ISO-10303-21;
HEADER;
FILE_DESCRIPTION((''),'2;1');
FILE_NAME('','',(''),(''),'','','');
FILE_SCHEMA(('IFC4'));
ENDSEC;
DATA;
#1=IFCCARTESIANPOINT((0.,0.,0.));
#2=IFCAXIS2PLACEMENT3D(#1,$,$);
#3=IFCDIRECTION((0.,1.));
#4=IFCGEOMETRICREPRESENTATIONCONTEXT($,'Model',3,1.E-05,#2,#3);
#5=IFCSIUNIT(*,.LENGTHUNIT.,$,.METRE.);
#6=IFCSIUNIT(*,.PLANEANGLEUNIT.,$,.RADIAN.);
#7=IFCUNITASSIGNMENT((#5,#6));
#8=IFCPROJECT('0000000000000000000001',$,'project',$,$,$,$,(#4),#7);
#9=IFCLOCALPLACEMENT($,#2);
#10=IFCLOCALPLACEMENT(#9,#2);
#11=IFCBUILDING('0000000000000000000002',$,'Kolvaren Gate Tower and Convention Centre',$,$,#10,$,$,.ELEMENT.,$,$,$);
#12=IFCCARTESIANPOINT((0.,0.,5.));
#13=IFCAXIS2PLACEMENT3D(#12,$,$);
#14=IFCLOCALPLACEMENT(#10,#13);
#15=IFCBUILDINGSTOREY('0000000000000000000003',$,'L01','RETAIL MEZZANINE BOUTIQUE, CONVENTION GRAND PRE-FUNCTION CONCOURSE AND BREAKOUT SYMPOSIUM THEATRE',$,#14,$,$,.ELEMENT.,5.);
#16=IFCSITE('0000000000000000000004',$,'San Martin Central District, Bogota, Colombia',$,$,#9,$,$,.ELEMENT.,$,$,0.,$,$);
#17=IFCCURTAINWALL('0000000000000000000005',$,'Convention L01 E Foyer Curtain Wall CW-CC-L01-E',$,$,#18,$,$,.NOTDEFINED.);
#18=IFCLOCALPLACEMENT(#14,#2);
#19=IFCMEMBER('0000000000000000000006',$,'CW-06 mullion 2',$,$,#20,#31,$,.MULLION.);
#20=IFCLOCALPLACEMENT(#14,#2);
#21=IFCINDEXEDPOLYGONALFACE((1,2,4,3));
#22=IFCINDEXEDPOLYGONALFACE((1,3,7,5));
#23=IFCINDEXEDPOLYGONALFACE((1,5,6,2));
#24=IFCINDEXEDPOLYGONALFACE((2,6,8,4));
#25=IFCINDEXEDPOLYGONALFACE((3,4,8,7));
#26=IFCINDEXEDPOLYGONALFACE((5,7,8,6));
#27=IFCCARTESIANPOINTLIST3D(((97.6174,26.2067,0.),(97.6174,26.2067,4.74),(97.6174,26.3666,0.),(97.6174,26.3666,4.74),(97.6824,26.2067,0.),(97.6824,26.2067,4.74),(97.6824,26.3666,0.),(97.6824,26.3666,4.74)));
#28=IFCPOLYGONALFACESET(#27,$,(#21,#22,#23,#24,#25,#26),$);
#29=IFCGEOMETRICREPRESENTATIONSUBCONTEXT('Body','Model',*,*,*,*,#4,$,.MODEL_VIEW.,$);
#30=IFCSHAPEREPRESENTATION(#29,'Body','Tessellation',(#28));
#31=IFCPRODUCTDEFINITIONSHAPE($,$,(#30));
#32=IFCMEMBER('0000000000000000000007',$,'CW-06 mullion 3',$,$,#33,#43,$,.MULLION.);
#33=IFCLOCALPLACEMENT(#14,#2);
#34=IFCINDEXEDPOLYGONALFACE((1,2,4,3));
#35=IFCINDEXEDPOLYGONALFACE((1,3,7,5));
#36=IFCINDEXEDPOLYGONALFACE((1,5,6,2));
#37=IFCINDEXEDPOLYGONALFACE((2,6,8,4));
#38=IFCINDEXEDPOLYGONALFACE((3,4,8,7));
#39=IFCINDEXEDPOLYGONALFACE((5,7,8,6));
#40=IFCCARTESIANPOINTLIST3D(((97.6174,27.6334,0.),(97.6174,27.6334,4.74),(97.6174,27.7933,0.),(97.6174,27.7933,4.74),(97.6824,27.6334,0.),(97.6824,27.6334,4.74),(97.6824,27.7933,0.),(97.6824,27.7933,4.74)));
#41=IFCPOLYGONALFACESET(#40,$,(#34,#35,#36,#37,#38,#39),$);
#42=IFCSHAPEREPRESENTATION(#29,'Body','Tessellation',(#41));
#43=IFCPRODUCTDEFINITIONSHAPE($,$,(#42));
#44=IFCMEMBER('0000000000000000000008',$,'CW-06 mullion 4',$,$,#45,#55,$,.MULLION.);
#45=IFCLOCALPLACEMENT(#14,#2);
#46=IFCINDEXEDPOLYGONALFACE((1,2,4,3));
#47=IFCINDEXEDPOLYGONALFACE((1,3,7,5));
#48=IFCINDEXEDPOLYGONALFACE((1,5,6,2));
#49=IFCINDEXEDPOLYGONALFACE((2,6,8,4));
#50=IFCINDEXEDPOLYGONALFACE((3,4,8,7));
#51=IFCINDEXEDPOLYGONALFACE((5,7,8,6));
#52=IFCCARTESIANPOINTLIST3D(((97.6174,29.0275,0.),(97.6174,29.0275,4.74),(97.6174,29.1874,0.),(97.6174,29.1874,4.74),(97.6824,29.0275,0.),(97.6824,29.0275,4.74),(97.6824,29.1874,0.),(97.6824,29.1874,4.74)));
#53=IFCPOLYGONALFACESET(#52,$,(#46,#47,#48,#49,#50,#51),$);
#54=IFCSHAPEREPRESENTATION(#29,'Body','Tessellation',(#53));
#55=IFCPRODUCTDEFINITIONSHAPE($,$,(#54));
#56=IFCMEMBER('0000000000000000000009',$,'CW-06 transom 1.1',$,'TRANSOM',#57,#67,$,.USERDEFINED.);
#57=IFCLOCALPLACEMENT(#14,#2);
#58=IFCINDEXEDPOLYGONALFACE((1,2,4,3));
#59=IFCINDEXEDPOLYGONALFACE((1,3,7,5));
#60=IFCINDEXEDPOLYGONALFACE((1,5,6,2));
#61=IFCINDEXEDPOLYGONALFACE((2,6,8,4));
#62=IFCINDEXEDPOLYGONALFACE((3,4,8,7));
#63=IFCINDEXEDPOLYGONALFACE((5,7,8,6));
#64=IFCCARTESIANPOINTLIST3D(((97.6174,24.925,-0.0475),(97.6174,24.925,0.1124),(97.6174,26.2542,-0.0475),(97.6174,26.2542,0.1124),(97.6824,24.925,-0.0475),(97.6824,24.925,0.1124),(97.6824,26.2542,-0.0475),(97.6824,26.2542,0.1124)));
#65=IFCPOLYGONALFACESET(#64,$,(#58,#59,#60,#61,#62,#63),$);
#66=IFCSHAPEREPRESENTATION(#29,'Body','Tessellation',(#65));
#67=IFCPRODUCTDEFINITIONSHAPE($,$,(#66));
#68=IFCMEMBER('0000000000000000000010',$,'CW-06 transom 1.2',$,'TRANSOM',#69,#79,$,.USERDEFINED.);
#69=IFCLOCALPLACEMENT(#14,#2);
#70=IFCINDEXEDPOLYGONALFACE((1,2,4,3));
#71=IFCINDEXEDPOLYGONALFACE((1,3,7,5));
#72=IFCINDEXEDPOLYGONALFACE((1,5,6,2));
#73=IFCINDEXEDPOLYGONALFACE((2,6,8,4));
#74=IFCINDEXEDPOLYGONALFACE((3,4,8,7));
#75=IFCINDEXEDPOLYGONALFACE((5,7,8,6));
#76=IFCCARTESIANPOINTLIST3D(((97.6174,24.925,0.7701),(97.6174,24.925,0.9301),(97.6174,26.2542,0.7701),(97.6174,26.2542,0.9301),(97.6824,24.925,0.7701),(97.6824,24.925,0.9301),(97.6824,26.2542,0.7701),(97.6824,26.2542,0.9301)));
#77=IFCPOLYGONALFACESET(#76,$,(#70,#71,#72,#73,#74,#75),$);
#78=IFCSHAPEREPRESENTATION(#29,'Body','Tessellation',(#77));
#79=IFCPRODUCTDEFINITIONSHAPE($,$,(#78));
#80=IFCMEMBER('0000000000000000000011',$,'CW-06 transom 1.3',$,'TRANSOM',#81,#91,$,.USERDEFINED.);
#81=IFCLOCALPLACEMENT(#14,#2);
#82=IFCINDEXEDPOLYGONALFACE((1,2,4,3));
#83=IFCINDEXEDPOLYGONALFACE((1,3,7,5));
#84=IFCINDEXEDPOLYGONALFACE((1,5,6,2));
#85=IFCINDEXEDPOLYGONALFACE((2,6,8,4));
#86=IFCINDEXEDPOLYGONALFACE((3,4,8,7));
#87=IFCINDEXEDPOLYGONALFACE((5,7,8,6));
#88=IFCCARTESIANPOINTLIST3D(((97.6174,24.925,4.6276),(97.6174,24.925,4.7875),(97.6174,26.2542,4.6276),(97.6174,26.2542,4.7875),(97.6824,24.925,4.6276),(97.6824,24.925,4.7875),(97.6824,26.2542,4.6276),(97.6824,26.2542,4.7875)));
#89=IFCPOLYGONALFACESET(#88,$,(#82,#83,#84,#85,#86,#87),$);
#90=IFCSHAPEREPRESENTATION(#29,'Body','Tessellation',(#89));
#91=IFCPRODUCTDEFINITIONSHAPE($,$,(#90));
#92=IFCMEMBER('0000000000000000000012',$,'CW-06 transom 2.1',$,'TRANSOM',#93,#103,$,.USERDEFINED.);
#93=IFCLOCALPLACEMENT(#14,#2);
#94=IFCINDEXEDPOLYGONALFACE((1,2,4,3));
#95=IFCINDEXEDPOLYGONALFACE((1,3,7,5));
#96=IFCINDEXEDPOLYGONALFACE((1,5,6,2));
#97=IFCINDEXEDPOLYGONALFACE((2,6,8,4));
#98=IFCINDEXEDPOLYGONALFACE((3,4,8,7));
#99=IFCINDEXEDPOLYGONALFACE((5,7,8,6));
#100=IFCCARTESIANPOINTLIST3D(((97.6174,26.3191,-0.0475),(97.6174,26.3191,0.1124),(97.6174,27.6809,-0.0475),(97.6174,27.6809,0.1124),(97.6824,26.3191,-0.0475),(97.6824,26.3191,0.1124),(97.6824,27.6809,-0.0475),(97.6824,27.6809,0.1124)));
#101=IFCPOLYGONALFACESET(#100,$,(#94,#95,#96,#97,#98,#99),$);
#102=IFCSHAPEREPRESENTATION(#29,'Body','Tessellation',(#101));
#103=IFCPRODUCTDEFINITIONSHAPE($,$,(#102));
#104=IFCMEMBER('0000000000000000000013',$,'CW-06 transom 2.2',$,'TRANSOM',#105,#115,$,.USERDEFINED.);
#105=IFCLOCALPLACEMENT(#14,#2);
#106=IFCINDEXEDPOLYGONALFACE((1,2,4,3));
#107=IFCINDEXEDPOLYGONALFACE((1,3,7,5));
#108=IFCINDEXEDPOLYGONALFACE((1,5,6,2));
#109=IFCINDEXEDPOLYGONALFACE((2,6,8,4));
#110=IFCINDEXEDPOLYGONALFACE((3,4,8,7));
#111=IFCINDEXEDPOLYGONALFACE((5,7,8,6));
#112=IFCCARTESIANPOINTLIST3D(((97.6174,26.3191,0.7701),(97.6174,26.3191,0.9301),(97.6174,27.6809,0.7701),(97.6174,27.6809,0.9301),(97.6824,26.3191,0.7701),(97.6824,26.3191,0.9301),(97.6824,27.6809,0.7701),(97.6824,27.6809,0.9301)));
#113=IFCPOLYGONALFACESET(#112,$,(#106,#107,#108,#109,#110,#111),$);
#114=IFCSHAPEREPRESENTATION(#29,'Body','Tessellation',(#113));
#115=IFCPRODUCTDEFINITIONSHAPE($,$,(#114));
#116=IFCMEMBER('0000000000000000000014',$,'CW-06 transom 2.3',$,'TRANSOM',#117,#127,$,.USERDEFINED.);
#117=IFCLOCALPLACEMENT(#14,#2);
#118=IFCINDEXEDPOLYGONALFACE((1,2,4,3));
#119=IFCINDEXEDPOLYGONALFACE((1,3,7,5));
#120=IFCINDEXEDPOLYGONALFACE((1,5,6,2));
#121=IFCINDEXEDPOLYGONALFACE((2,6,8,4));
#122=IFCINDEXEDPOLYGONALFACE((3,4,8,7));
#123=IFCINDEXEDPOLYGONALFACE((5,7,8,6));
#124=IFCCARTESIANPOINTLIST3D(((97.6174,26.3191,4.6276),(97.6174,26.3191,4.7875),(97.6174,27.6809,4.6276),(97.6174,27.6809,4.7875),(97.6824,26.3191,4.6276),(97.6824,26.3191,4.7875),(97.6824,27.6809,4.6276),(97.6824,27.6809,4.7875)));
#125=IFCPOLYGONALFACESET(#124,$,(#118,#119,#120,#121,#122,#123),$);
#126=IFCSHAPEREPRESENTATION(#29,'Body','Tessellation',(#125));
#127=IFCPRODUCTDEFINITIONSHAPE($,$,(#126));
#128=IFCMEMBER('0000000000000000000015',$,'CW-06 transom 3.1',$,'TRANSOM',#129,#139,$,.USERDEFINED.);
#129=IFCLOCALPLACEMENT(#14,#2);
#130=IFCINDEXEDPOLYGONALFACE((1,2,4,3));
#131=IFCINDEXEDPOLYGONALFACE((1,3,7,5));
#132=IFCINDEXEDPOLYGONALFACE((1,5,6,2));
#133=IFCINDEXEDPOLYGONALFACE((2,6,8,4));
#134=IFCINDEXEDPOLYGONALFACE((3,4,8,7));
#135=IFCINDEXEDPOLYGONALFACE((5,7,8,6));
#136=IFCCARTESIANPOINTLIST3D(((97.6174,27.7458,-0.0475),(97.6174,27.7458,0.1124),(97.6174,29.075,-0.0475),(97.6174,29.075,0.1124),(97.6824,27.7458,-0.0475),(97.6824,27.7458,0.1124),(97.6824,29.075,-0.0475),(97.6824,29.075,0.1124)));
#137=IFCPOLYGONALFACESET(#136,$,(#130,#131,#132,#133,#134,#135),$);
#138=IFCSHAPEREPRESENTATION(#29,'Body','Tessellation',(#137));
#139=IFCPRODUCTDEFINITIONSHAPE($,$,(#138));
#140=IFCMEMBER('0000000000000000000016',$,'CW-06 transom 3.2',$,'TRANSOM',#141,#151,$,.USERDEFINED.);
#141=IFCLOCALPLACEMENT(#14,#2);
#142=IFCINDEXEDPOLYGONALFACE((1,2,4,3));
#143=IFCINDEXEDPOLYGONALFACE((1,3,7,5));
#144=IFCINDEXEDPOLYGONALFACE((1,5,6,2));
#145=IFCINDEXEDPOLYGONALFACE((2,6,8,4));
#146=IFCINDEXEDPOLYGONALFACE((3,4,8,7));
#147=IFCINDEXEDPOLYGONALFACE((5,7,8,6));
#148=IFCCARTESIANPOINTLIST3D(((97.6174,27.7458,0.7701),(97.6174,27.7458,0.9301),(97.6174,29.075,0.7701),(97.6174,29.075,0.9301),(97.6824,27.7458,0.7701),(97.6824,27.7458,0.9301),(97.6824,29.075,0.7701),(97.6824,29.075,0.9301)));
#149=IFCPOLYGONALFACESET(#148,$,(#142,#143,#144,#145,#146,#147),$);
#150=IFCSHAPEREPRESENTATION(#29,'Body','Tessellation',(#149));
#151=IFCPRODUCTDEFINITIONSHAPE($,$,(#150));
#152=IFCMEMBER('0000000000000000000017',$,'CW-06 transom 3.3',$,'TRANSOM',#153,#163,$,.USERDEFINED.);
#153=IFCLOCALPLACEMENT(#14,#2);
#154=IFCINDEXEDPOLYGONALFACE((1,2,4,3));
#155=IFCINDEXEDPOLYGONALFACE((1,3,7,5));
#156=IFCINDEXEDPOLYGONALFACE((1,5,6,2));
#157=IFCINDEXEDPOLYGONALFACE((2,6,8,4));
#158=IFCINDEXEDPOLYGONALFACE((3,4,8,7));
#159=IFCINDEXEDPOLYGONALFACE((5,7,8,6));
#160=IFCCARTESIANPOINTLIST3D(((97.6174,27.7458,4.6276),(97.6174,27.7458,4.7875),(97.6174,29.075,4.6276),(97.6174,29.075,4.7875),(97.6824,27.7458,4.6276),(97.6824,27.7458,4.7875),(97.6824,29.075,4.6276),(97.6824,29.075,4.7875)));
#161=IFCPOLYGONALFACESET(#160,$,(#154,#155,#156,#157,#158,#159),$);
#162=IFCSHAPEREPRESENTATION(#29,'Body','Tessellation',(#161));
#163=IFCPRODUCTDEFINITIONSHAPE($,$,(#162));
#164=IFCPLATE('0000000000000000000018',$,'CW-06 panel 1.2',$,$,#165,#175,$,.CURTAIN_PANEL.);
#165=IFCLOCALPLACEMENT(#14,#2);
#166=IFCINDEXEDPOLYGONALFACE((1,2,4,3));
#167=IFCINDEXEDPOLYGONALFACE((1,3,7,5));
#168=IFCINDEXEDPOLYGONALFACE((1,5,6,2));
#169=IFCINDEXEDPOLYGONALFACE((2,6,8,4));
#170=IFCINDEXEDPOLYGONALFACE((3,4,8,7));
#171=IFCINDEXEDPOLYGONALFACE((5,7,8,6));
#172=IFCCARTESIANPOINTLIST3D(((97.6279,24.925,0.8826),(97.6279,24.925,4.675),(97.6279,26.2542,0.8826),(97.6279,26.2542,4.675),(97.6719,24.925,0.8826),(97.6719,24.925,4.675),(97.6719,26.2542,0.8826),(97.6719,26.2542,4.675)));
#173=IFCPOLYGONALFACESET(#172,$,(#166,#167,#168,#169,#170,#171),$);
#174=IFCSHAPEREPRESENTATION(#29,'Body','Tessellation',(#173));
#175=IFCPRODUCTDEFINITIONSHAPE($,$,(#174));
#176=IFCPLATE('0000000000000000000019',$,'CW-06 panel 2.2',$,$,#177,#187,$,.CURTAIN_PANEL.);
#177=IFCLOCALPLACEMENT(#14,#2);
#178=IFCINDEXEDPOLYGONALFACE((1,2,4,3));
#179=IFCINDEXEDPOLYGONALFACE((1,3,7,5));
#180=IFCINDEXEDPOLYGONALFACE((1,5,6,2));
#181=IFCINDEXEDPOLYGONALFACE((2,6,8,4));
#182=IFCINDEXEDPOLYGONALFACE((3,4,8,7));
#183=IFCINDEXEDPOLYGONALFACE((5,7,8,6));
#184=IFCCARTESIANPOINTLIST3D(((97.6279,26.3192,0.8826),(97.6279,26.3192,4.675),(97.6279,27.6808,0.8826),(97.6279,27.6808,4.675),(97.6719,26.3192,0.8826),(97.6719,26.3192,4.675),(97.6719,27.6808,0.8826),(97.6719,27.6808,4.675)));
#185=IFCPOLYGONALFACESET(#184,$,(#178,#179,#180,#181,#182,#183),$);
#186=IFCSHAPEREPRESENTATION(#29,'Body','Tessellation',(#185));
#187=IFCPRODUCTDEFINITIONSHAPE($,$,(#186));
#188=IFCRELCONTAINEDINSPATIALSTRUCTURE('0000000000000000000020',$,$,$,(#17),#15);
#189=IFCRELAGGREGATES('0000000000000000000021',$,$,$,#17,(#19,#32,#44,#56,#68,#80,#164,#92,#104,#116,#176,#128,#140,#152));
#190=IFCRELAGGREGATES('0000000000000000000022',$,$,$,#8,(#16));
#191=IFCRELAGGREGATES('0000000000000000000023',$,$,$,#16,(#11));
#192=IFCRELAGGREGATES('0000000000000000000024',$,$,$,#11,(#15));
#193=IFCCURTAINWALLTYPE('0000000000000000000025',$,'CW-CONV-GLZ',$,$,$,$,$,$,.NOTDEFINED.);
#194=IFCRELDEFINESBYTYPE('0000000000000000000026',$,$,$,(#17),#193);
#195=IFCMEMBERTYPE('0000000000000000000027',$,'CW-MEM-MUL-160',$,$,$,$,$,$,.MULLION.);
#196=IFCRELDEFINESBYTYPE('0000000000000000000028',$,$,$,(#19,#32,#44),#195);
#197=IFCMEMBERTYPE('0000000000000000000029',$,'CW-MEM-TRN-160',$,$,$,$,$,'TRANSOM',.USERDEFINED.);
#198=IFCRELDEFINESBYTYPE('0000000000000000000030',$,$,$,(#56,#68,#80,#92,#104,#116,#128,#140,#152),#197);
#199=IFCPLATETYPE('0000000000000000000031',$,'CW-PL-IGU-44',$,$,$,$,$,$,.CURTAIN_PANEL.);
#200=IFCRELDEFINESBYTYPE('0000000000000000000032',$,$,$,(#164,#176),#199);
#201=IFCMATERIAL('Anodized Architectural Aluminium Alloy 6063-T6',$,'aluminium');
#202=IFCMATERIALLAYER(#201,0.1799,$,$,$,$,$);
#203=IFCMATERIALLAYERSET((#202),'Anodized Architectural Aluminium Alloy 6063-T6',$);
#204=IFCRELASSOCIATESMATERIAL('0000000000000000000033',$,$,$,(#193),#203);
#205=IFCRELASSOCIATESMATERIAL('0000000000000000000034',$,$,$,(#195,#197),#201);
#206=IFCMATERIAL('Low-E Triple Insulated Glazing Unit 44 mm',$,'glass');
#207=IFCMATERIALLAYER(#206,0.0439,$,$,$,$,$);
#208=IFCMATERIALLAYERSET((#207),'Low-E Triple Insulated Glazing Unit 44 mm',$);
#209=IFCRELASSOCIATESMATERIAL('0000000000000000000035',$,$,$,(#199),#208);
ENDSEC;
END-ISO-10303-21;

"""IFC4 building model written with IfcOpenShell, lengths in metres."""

from ifc_helpers import new_model, si_unit, direction, frame, origin, origin_2d, place, context, subcontext, project, spatial, rectangle, extrude, material, layer, layer_set, material_profile, profile_set, type_object, element, aggregate, save


model = new_model("IFC4")

# Units and contexts
model_context = context("Model", 3, precision=1e-05, world=origin(), true_north=direction((0.0, 1.0)))
body_context = subcontext(model_context, "Body", "Model", "MODEL_VIEW")
ifc_project = project(units=[si_unit("LENGTHUNIT", "METRE"), si_unit("PLANEANGLEUNIT", "RADIAN")], contexts=[model_context])

# Site, building, storey
site_placement = place(None, origin())
site = spatial("IfcSite", under=ifc_project, at=site_placement, Name="San Martin Central District, Bogota, Colombia", CompositionType="ELEMENT", RefElevation=0.0)
building_placement = place(site_placement, origin())
building = spatial("IfcBuilding", under=site, at=building_placement, Name="Kolvaren Gate Tower and Convention Centre", CompositionType="ELEMENT")
storey_placement = place(building_placement, frame((0.0, 0.0, 5.0)))
storey = spatial("IfcBuildingStorey", under=building, at=storey_placement, Name="L01", Description="RETAIL MEZZANINE BOUTIQUE, CONVENTION GRAND PRE-FUNCTION CONCOURSE AND BREAKOUT SYMPOSIUM THEATRE", CompositionType="ELEMENT", Elevation=5.0)

# Curtain wall, members, plates
ifc_material_1 = material(Name="Anodized Architectural Aluminium Alloy 6063-T6", Category="aluminium")
ifc_layer_1 = layer(ifc_material_1, 0.1799)
ifc_layer_set_1 = layer_set([ifc_layer_1], Name="Anodized Architectural Aluminium Alloy 6063-T6")
curtain_wall_type = type_object("IfcCurtainWallType", Name="CW-CONV-GLZ", PredefinedType="NOTDEFINED", material=ifc_layer_set_1)
curtain_wall_placement = place(storey_placement, origin())
curtain_wall = element("IfcCurtainWall", 1, at=curtain_wall_placement, inside=storey, type_object=curtain_wall_type, Name="Convention L01 E Foyer Curtain Wall CW-CC-L01-E", PredefinedType="NOTDEFINED")
ifc_material_profile_1 = material_profile(ifc_material_1, rectangle(XDim=0.0649, YDim=0.1599, at=origin_2d()), Name="CW-MEM-MUL-160")
ifc_profile_set_1 = profile_set([ifc_material_profile_1], Name="Anodized Architectural Aluminium Alloy 6063-T6")
member_type_1 = type_object("IfcMemberType", Name="CW-MEM-MUL-160", PredefinedType="MULLION", material=ifc_profile_set_1)
member_1_placement = place(storey_placement, frame((97.6499, 26.2866, 0.0), z_axis=(0.0, 0.0, 1.0), x_axis=(-1.0, 0.0, 0.0)))
member_1 = element("IfcMember", 2, at=member_1_placement, type_object=member_type_1, Name="CW-06 mullion 2", PredefinedType="MULLION", context=body_context, shape_type="SweptSolid", body=[
    extrude(rectangle(XDim=0.0649, YDim=0.1599, at=origin_2d()), origin(), (0.0, 0.0, 1.0), 4.74),
])
member_2_placement = place(storey_placement, frame((97.6499, 27.7134, 0.0), z_axis=(0.0, 0.0, 1.0), x_axis=(-1.0, 0.0, 0.0)))
member_2 = element("IfcMember", 3, at=member_2_placement, type_object=member_type_1, Name="CW-06 mullion 3", PredefinedType="MULLION", context=body_context, shape_type="SweptSolid", body=[
    extrude(rectangle(XDim=0.0649, YDim=0.1599, at=origin_2d()), origin(), (0.0, 0.0, 1.0), 4.74),
])
member_3_placement = place(storey_placement, frame((97.6499, 29.1074, 0.0), z_axis=(0.0, 0.0, 1.0), x_axis=(-1.0, 0.0, 0.0)))
member_3 = element("IfcMember", 4, at=member_3_placement, type_object=member_type_1, Name="CW-06 mullion 4", PredefinedType="MULLION", context=body_context, shape_type="SweptSolid", body=[
    extrude(rectangle(XDim=0.0649, YDim=0.1599, at=origin_2d()), origin(), (0.0, 0.0, 1.0), 4.74),
])
ifc_material_profile_2 = material_profile(ifc_material_1, rectangle(XDim=0.0649, YDim=0.1599, at=origin_2d()), Name="CW-MEM-TRN-160")
ifc_profile_set_2 = profile_set([ifc_material_profile_2], Name="Anodized Architectural Aluminium Alloy 6063-T6")
member_type_2 = type_object("IfcMemberType", Name="CW-MEM-TRN-160", ElementType="TRANSOM", PredefinedType="USERDEFINED", material=ifc_profile_set_2)
member_4_placement = place(storey_placement, frame((97.6499, 24.925, 0.0325), z_axis=(0.0, 1.0, 0.0), x_axis=(-1.0, 0.0, 0.0)))
member_4 = element("IfcMember", 5, at=member_4_placement, type_object=member_type_2, Name="CW-06 transom 1.1", ObjectType="TRANSOM", PredefinedType="USERDEFINED", context=body_context, shape_type="SweptSolid", body=[
    extrude(rectangle(XDim=0.0649, YDim=0.1599, at=origin_2d()), origin(), (0.0, 0.0, 1.0), 1.3291),
])
member_5_placement = place(storey_placement, frame((97.6499, 24.925, 0.8501), z_axis=(0.0, 1.0, 0.0), x_axis=(-1.0, 0.0, 0.0)))
member_5 = element("IfcMember", 6, at=member_5_placement, type_object=member_type_2, Name="CW-06 transom 1.2", ObjectType="TRANSOM", PredefinedType="USERDEFINED", context=body_context, shape_type="SweptSolid", body=[
    extrude(rectangle(XDim=0.0649, YDim=0.1599, at=origin_2d()), origin(), (0.0, 0.0, 1.0), 1.3291),
])
member_6_placement = place(storey_placement, frame((97.6499, 24.925, 4.7075), z_axis=(0.0, 1.0, 0.0), x_axis=(-1.0, 0.0, 0.0)))
member_6 = element("IfcMember", 7, at=member_6_placement, type_object=member_type_2, Name="CW-06 transom 1.3", ObjectType="TRANSOM", PredefinedType="USERDEFINED", context=body_context, shape_type="SweptSolid", body=[
    extrude(rectangle(XDim=0.0649, YDim=0.1599, at=origin_2d()), origin(), (0.0, 0.0, 1.0), 1.3291),
])
member_7_placement = place(storey_placement, frame((97.6499, 26.3191, 0.0325), z_axis=(0.0, 1.0, 0.0), x_axis=(-1.0, 0.0, 0.0)))
member_7 = element("IfcMember", 8, at=member_7_placement, type_object=member_type_2, Name="CW-06 transom 2.1", ObjectType="TRANSOM", PredefinedType="USERDEFINED", context=body_context, shape_type="SweptSolid", body=[
    extrude(rectangle(XDim=0.0649, YDim=0.1599, at=origin_2d()), origin(), (0.0, 0.0, 1.0), 1.3618),
])
member_8_placement = place(storey_placement, frame((97.6499, 26.3191, 0.8501), z_axis=(0.0, 1.0, 0.0), x_axis=(-1.0, 0.0, 0.0)))
member_8 = element("IfcMember", 9, at=member_8_placement, type_object=member_type_2, Name="CW-06 transom 2.2", ObjectType="TRANSOM", PredefinedType="USERDEFINED", context=body_context, shape_type="SweptSolid", body=[
    extrude(rectangle(XDim=0.0649, YDim=0.1599, at=origin_2d()), origin(), (0.0, 0.0, 1.0), 1.3618),
])
member_9_placement = place(storey_placement, frame((97.6499, 26.3191, 4.7075), z_axis=(0.0, 1.0, 0.0), x_axis=(-1.0, 0.0, 0.0)))
member_9 = element("IfcMember", 10, at=member_9_placement, type_object=member_type_2, Name="CW-06 transom 2.3", ObjectType="TRANSOM", PredefinedType="USERDEFINED", context=body_context, shape_type="SweptSolid", body=[
    extrude(rectangle(XDim=0.0649, YDim=0.1599, at=origin_2d()), origin(), (0.0, 0.0, 1.0), 1.3618),
])
member_10_placement = place(storey_placement, frame((97.6499, 27.7458, 0.0325), z_axis=(0.0, 1.0, 0.0), x_axis=(-1.0, 0.0, 0.0)))
member_10 = element("IfcMember", 11, at=member_10_placement, type_object=member_type_2, Name="CW-06 transom 3.1", ObjectType="TRANSOM", PredefinedType="USERDEFINED", context=body_context, shape_type="SweptSolid", body=[
    extrude(rectangle(XDim=0.0649, YDim=0.1599, at=origin_2d()), origin(), (0.0, 0.0, 1.0), 1.3291),
])
member_11_placement = place(storey_placement, frame((97.6499, 27.7458, 0.8501), z_axis=(0.0, 1.0, 0.0), x_axis=(-1.0, 0.0, 0.0)))
member_11 = element("IfcMember", 12, at=member_11_placement, type_object=member_type_2, Name="CW-06 transom 3.2", ObjectType="TRANSOM", PredefinedType="USERDEFINED", context=body_context, shape_type="SweptSolid", body=[
    extrude(rectangle(XDim=0.0649, YDim=0.1599, at=origin_2d()), origin(), (0.0, 0.0, 1.0), 1.3291),
])
member_12_placement = place(storey_placement, frame((97.6499, 27.7458, 4.7075), z_axis=(0.0, 1.0, 0.0), x_axis=(-1.0, 0.0, 0.0)))
member_12 = element("IfcMember", 13, at=member_12_placement, type_object=member_type_2, Name="CW-06 transom 3.3", ObjectType="TRANSOM", PredefinedType="USERDEFINED", context=body_context, shape_type="SweptSolid", body=[
    extrude(rectangle(XDim=0.0649, YDim=0.1599, at=origin_2d()), origin(), (0.0, 0.0, 1.0), 1.3291),
])
ifc_material_2 = material(Name="Low-E Triple Insulated Glazing Unit 44 mm", Category="glass")
ifc_layer_2 = layer(ifc_material_2, 0.0439)
ifc_layer_set_2 = layer_set([ifc_layer_2], Name="Low-E Triple Insulated Glazing Unit 44 mm")
plate_type_1 = type_object("IfcPlateType", Name="CW-PL-IGU-44", PredefinedType="CURTAIN_PANEL", material=ifc_layer_set_2)
plate_1_placement = place(storey_placement, frame((97.6499, 25.5896, 0.8826), z_axis=(0.0, 0.0, 1.0), x_axis=(0.0, 1.0, 0.0)))
plate_1 = element("IfcPlate", 14, at=plate_1_placement, type_object=plate_type_1, Name="CW-06 panel 1.2", PredefinedType="CURTAIN_PANEL", context=body_context, shape_type="SweptSolid", body=[
    extrude(rectangle(XDim=1.3291, YDim=0.0439, at=origin_2d()), origin(), (0.0, 0.0, 1.0), 3.7925),
])
plate_2_placement = place(storey_placement, frame((97.6499, 27.0, 0.8826), z_axis=(0.0, 0.0, 1.0), x_axis=(0.0, 1.0, 0.0)))
plate_2 = element("IfcPlate", 15, at=plate_2_placement, type_object=plate_type_1, Name="CW-06 panel 2.2", PredefinedType="CURTAIN_PANEL", context=body_context, shape_type="SweptSolid", body=[
    extrude(rectangle(XDim=1.3616, YDim=0.0439, at=origin_2d()), origin(), (0.0, 0.0, 1.0), 3.7925),
])
aggregate(curtain_wall, [member_1, member_2, member_3, member_4, member_5, member_6, plate_1, member_7, member_8, member_9, plate_2, member_10, member_11, member_12])

save(model, "model.ifc")
